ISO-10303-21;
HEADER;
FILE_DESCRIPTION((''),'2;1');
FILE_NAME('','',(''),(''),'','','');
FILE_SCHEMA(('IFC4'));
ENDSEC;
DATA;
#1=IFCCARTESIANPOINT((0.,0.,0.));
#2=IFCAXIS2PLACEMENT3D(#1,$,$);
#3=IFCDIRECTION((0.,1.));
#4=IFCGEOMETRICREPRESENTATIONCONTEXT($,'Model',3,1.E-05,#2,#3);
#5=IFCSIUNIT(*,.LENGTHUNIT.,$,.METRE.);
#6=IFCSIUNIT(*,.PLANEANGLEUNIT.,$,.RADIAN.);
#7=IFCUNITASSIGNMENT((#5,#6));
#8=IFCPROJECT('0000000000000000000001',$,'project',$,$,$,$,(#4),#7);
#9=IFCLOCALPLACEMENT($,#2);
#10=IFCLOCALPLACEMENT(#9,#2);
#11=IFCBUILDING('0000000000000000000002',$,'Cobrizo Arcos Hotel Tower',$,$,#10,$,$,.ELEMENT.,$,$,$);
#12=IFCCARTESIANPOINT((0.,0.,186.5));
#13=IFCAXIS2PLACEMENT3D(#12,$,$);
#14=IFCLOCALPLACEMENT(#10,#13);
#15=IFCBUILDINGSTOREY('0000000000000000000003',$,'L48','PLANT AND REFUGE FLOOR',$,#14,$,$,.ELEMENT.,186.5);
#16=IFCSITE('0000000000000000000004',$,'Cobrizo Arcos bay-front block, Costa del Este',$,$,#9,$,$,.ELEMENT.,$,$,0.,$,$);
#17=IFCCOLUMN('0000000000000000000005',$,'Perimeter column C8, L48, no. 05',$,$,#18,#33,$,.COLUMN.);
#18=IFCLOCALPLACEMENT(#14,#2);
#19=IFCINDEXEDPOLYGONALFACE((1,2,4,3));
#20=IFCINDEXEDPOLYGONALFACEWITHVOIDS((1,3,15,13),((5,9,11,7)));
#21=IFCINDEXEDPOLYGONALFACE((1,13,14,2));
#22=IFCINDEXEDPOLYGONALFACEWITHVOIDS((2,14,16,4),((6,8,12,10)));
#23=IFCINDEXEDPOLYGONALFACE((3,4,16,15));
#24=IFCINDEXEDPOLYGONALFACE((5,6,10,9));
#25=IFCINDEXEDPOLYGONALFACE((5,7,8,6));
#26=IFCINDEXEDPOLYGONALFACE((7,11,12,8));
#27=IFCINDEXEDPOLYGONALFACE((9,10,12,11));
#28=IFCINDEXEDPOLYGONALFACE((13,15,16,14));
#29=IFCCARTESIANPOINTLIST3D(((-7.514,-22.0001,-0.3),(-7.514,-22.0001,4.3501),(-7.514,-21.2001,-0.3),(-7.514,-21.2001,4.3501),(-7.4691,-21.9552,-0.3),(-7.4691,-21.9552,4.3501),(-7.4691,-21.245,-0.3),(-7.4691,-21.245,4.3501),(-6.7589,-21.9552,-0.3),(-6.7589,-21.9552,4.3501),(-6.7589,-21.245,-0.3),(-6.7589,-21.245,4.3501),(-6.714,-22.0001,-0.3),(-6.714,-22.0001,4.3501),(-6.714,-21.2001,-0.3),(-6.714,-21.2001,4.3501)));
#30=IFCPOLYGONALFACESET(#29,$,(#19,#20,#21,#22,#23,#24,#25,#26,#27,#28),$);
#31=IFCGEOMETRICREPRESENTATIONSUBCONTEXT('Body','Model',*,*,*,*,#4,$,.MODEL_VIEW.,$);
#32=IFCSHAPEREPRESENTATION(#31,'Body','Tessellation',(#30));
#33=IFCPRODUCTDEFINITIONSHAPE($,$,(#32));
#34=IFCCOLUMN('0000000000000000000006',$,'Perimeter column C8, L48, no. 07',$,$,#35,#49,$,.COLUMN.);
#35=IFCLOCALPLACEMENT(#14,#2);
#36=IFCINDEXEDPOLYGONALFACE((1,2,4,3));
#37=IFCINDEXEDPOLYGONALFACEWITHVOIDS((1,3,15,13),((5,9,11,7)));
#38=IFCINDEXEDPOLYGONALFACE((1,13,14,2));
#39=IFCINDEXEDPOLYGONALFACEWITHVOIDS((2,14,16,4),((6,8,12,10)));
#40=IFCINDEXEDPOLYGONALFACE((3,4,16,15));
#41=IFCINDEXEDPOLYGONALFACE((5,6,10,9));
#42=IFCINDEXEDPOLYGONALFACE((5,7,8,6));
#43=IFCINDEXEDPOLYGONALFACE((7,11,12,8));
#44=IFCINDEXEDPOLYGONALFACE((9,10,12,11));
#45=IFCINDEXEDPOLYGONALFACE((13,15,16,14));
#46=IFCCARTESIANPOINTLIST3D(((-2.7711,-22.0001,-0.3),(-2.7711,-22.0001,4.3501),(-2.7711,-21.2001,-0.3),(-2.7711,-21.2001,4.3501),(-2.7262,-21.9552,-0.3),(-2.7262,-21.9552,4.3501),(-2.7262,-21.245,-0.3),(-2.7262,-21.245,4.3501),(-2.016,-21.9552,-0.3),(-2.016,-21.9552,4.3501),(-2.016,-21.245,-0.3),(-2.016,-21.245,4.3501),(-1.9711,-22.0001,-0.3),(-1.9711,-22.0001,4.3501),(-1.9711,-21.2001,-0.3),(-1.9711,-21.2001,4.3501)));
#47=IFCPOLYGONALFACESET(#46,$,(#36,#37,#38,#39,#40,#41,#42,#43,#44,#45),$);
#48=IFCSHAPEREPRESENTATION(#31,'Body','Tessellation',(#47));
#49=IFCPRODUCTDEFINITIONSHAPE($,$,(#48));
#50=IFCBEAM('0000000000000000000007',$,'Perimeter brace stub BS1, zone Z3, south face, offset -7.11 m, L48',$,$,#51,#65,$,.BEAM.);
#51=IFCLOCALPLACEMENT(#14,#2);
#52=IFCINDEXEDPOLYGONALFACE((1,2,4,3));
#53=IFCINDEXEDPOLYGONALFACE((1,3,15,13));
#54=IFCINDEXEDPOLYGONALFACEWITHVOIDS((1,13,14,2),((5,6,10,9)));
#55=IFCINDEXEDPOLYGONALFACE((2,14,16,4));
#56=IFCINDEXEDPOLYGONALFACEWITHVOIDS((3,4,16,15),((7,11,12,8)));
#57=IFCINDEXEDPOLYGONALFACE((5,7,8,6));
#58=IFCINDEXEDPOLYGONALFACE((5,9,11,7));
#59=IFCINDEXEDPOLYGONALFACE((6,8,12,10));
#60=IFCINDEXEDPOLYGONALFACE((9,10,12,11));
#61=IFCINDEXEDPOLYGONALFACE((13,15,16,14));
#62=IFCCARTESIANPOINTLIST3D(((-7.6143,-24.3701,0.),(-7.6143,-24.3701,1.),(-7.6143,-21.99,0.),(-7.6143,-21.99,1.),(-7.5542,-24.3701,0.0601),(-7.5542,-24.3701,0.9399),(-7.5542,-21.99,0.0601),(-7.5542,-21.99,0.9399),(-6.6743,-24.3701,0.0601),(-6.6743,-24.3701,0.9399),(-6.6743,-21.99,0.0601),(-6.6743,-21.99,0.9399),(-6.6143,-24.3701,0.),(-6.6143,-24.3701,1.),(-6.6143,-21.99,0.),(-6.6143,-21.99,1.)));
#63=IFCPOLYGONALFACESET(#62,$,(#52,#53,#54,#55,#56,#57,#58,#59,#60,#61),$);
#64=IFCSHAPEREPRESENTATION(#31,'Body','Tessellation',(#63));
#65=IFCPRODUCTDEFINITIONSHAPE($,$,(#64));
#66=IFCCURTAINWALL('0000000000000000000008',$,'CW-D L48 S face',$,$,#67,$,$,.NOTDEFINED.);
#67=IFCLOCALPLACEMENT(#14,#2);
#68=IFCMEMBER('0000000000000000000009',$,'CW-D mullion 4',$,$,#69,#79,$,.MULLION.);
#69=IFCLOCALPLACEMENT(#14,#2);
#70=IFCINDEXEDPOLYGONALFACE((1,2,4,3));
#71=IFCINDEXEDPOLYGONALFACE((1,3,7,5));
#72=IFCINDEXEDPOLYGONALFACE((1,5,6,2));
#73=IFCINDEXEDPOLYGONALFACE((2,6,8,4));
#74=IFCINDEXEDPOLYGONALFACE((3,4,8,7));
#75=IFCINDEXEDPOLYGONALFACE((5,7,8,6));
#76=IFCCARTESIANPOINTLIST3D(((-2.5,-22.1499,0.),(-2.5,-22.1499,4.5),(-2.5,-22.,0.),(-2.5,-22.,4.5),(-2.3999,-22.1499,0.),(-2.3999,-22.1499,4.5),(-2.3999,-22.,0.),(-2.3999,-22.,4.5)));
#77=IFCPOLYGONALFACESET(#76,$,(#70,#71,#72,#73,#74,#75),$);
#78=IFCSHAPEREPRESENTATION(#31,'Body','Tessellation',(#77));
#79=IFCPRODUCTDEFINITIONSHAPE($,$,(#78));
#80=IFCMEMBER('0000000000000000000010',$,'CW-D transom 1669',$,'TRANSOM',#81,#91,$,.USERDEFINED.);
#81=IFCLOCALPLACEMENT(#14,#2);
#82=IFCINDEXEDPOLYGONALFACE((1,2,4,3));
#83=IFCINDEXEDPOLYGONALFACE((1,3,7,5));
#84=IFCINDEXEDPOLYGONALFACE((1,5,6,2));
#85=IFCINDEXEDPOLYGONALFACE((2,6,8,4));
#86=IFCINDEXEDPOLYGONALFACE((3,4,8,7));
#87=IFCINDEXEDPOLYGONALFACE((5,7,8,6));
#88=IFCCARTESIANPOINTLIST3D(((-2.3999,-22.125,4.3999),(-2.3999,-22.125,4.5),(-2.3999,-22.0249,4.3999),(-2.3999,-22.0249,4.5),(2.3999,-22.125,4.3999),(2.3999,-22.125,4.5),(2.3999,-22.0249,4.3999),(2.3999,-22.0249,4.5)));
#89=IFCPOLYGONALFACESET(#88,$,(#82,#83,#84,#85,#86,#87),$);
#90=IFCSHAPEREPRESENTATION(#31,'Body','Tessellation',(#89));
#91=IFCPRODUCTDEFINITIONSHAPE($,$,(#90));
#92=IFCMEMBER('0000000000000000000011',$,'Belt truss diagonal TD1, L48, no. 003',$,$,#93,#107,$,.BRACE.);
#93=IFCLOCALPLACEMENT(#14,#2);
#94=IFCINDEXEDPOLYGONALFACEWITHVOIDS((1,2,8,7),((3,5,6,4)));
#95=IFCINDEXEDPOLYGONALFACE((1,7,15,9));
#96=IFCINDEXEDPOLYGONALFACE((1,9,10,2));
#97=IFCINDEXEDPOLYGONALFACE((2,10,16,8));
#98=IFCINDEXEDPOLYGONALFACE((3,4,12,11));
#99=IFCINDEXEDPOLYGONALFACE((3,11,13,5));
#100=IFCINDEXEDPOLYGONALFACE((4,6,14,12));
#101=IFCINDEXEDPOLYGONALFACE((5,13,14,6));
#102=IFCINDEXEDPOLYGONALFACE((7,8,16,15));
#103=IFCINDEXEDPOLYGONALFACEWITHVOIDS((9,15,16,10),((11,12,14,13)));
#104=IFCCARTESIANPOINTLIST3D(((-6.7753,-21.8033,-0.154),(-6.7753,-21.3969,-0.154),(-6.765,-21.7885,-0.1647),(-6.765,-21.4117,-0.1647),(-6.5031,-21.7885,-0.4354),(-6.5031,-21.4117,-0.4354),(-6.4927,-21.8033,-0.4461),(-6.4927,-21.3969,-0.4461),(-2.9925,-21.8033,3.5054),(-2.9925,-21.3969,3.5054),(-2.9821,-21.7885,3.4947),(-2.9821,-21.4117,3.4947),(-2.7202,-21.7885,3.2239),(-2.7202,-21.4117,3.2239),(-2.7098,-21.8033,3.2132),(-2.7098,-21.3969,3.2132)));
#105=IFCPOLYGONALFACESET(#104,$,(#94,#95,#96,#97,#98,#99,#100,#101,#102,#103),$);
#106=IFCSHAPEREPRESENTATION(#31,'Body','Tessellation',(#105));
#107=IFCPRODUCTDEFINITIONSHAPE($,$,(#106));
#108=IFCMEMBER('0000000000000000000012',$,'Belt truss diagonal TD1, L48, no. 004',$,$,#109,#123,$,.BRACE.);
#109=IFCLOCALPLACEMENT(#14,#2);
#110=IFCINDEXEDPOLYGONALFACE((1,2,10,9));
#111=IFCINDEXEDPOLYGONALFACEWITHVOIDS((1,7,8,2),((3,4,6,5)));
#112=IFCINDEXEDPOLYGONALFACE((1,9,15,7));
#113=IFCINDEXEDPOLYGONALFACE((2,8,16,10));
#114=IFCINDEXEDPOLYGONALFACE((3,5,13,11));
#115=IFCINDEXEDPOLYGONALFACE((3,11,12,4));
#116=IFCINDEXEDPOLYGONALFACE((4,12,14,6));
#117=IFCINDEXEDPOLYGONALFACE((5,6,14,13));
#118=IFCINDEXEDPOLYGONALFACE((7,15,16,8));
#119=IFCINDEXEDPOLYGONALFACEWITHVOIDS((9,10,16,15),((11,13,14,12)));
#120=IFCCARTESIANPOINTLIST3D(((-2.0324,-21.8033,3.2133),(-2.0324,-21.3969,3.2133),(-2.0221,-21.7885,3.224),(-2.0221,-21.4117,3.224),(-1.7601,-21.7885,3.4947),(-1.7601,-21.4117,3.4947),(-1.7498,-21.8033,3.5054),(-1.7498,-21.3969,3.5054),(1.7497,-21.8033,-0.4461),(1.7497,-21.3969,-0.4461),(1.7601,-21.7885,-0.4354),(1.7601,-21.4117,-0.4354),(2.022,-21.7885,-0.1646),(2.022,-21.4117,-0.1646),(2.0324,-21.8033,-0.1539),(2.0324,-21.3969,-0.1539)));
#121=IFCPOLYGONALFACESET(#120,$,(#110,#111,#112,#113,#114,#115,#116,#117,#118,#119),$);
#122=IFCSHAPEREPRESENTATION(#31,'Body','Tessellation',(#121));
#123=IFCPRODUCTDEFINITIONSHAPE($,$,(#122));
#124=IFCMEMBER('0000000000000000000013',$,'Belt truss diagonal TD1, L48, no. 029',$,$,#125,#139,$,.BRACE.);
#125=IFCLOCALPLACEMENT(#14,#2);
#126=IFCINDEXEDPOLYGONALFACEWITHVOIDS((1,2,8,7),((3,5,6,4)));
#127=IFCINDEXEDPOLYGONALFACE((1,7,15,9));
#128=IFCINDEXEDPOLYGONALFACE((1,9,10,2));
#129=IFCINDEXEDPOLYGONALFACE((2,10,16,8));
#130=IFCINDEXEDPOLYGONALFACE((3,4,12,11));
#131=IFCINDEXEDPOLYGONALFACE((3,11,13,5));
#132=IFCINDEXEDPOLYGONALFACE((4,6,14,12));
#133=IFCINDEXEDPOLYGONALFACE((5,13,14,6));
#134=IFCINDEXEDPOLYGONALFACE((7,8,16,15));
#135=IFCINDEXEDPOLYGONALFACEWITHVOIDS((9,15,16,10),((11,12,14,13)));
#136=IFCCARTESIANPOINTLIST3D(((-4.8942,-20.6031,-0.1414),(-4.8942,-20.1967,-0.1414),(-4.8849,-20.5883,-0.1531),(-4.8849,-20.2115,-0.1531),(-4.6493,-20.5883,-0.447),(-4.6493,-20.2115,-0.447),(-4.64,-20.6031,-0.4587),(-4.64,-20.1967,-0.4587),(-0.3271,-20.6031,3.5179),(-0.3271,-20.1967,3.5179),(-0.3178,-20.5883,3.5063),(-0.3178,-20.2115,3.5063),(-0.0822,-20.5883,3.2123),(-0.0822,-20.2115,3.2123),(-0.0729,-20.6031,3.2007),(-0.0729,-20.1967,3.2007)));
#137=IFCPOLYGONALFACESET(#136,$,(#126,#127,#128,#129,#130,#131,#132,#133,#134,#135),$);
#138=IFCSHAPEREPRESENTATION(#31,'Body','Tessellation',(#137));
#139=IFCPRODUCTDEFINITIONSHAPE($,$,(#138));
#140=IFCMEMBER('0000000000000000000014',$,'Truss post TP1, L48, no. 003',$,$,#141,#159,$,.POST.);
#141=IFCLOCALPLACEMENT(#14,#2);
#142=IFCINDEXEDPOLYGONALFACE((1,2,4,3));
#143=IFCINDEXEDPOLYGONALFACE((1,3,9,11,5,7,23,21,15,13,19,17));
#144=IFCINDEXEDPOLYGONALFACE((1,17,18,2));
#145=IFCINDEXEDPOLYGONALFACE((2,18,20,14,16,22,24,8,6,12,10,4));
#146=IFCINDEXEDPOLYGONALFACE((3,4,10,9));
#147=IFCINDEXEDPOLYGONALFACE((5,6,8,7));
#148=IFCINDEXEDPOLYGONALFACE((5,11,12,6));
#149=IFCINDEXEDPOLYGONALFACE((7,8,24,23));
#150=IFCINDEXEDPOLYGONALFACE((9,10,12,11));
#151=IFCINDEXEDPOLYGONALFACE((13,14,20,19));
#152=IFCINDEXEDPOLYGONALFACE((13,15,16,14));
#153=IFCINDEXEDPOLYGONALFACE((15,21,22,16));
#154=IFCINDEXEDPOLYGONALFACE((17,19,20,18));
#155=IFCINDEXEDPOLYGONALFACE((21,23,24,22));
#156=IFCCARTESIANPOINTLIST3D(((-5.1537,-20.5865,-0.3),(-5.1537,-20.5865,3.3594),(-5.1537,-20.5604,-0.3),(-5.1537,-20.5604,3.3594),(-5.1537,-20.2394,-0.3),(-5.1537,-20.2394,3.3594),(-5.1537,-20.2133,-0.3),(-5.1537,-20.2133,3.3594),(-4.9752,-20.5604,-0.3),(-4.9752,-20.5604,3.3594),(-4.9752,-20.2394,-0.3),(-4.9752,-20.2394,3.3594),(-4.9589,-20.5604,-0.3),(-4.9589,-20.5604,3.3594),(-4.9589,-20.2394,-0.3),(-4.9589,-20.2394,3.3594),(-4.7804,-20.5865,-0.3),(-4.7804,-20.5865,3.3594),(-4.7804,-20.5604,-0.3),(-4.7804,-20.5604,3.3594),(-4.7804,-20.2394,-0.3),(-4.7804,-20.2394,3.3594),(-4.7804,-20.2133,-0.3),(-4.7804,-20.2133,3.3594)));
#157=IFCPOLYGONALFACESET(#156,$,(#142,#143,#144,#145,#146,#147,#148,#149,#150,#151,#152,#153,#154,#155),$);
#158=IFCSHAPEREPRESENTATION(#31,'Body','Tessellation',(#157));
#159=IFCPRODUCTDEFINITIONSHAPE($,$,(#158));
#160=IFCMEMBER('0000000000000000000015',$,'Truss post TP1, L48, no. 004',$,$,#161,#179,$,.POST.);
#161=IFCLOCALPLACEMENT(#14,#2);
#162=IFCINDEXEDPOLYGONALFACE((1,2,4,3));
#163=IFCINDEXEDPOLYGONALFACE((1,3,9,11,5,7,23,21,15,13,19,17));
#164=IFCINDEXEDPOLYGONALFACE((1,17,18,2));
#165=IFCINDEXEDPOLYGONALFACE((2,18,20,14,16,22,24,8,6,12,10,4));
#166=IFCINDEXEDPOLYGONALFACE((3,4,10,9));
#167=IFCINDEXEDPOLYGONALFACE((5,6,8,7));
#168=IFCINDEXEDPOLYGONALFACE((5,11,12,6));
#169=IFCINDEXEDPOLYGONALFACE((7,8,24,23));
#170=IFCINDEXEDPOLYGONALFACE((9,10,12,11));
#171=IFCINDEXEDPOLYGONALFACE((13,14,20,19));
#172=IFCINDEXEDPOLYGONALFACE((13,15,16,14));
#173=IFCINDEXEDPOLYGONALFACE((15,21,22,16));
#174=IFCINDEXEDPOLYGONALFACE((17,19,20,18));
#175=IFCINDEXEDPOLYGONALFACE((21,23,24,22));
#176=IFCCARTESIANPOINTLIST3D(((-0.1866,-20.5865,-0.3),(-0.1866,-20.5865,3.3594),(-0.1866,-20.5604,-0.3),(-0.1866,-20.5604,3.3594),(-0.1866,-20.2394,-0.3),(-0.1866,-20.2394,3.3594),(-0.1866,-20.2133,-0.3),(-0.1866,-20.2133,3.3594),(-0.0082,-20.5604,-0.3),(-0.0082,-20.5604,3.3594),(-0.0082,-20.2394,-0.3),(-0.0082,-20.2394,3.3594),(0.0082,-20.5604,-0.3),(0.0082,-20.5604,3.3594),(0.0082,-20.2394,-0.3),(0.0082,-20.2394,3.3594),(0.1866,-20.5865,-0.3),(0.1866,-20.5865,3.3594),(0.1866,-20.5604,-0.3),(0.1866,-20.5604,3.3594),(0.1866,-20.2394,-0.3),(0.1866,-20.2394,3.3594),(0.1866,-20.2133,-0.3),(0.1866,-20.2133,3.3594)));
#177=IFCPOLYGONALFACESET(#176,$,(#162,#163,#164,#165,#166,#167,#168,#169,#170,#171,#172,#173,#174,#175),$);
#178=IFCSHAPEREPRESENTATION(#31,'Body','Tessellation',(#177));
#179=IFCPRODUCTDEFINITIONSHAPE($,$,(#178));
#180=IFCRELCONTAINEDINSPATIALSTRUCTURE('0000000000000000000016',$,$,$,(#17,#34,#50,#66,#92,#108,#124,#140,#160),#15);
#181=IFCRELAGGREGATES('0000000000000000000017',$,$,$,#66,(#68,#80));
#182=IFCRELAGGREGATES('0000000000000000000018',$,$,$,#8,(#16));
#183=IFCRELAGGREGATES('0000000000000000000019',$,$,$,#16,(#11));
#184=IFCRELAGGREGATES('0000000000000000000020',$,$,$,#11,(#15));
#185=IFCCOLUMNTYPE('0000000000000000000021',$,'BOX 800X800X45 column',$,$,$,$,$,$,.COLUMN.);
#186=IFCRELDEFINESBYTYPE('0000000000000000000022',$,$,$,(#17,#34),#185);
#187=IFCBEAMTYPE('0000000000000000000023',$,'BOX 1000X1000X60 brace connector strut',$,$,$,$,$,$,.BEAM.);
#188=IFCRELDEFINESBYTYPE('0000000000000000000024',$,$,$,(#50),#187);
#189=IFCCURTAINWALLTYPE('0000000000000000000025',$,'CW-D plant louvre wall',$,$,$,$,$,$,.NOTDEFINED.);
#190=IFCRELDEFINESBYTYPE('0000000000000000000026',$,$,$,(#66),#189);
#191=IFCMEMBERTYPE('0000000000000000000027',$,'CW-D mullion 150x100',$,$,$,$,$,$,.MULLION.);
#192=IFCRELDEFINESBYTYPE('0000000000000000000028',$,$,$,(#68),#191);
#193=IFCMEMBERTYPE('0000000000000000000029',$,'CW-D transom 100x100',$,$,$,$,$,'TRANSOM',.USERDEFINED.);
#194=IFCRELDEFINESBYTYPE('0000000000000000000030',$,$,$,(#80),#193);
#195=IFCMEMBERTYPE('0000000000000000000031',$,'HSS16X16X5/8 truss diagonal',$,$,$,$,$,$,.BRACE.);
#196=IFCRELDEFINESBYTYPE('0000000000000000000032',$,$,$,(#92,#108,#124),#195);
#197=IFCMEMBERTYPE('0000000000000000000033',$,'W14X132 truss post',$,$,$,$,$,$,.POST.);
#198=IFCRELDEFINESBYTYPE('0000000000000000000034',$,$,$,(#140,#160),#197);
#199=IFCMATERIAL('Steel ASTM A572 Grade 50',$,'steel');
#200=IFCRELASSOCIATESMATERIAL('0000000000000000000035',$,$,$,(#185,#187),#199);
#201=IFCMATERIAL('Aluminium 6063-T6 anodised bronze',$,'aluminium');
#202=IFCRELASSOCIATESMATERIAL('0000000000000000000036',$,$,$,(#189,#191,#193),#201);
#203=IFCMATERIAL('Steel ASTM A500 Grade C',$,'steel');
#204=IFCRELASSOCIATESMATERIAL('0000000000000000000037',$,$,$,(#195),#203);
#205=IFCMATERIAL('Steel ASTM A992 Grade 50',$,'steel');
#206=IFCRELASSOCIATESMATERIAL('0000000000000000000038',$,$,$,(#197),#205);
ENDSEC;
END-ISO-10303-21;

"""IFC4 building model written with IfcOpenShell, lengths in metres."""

from ifc_helpers import new_model, si_unit, direction, frame, origin, origin_2d, place, context, subcontext, project, spatial, rectangle, hollow_rectangle, i_section, extrude, material, material_profile, profile_set, type_object, element, aggregate, save


model = new_model("IFC4")

# Units and contexts
model_context = context("Model", 3, precision=1e-05, world=origin(), true_north=direction((0.0, 1.0)))
body_context = subcontext(model_context, "Body", "Model", "MODEL_VIEW")
ifc_project = project(units=[si_unit("LENGTHUNIT", "METRE"), si_unit("PLANEANGLEUNIT", "RADIAN")], contexts=[model_context])

# Site, building, storey
site_placement = place(None, origin())
site = spatial("IfcSite", under=ifc_project, at=site_placement, Name="Cobrizo Arcos bay-front block, Costa del Este", CompositionType="ELEMENT", RefElevation=0.0)
building_placement = place(site_placement, origin())
building = spatial("IfcBuilding", under=site, at=building_placement, Name="Cobrizo Arcos Hotel Tower", CompositionType="ELEMENT")
storey_placement = place(building_placement, frame((0.0, 0.0, 186.5)))
storey = spatial("IfcBuildingStorey", under=building, at=storey_placement, Name="L48", Description="PLANT AND REFUGE FLOOR", CompositionType="ELEMENT", Elevation=186.5)

# Columns
ifc_material_1 = material(Name="Steel ASTM A572 Grade 50", Category="steel")
ifc_material_profile_1 = material_profile(ifc_material_1, hollow_rectangle(XDim=0.8, YDim=0.8, WallThickness=0.0449, at=origin_2d()), Name="BOX 800X800X45")
ifc_profile_set_1 = profile_set([ifc_material_profile_1], Name="Steel ASTM A572 Grade 50")
column_type = type_object("IfcColumnType", Name="BOX 800X800X45 column", PredefinedType="COLUMN", material=ifc_profile_set_1)
for number, where, z_axis, x_axis, name in (
    (1, (-7.114, -21.6001, -0.3), (0.0, 0.0, 1.0), (1.0, 0.0, 0.0), "Perimeter column C8, L48, no. 05"),
    (2, (-2.3711, -21.6001, -0.3), (0.0, 0.0, 1.0), (1.0, 0.0, 0.0), "Perimeter column C8, L48, no. 07"),
):
    element("IfcColumn", number, at=place(storey_placement, frame(where, z_axis=z_axis, x_axis=x_axis)), inside=storey, type_object=column_type, Name=name, PredefinedType="COLUMN", context=body_context, shape_type="SweptSolid", body=[
        extrude(hollow_rectangle(XDim=0.8, YDim=0.8, WallThickness=0.0449, at=origin_2d()), origin(), (0.0, 0.0, 1.0), 4.6501),
    ])

# Beam
ifc_material_profile_2 = material_profile(ifc_material_1, hollow_rectangle(XDim=1.0, YDim=1.0, WallThickness=0.0601, at=origin_2d()), Name="BOX 1000X1000X60")
ifc_profile_set_2 = profile_set([ifc_material_profile_2], Name="Steel ASTM A572 Grade 50")
beam_type = type_object("IfcBeamType", Name="BOX 1000X1000X60 brace connector strut", PredefinedType="BEAM", material=ifc_profile_set_2)
beam_placement = place(storey_placement, frame((-7.1143, -21.99, 0.5), z_axis=(0.0, -1.0, 0.0), x_axis=(1.0, 0.0, 0.0)))
element("IfcBeam", 3, at=beam_placement, inside=storey, type_object=beam_type, Name="Perimeter brace stub BS1, zone Z3, south face, offset -7.11 m, L48", PredefinedType="BEAM", context=body_context, shape_type="SweptSolid", body=[
    extrude(hollow_rectangle(XDim=1.0, YDim=1.0, WallThickness=0.0601, at=origin_2d()), origin(), (0.0, 0.0, 1.0), 2.3801),
])

# Curtain wall, members
ifc_material_2 = material(Name="Aluminium 6063-T6 anodised bronze", Category="aluminium")
curtain_wall_type = type_object("IfcCurtainWallType", Name="CW-D plant louvre wall", PredefinedType="NOTDEFINED", material=ifc_material_2)
curtain_wall_placement = place(storey_placement, origin())
curtain_wall = element("IfcCurtainWall", 4, at=curtain_wall_placement, inside=storey, type_object=curtain_wall_type, Name="CW-D L48 S face", PredefinedType="NOTDEFINED")
ifc_material_profile_3 = material_profile(ifc_material_2, rectangle(XDim=0.1499, YDim=0.1001, at=origin_2d()), Name="CW-D mullion 150x100")
ifc_profile_set_3 = profile_set([ifc_material_profile_3], Name="Aluminium 6063-T6 anodised bronze")
member_type_1 = type_object("IfcMemberType", Name="CW-D mullion 150x100", PredefinedType="MULLION", material=ifc_profile_set_3)
member_1_placement = place(storey_placement, frame((-2.45, -22.075, 0.0), z_axis=(0.0, 0.0, 1.0), x_axis=(0.0, -1.0, 0.0)))
member_1 = element("IfcMember", 5, at=member_1_placement, type_object=member_type_1, Name="CW-D mullion 4", PredefinedType="MULLION", context=body_context, shape_type="SweptSolid", body=[
    extrude(rectangle(XDim=0.1499, YDim=0.1001, at=origin_2d()), origin(), (0.0, 0.0, 1.0), 4.5),
])
ifc_material_profile_4 = material_profile(ifc_material_2, rectangle(XDim=0.1001, YDim=0.1001, at=origin_2d()), Name="CW-D transom 100x100")
ifc_profile_set_4 = profile_set([ifc_material_profile_4], Name="Aluminium 6063-T6 anodised bronze")
member_type_2 = type_object("IfcMemberType", Name="CW-D transom 100x100", ElementType="TRANSOM", PredefinedType="USERDEFINED", material=ifc_profile_set_4)
member_2_placement = place(storey_placement, frame((-2.3999, -22.075, 4.45), z_axis=(1.0, 0.0, 0.0), x_axis=(0.0, 1.0, 0.0)))
member_2 = element("IfcMember", 6, at=member_2_placement, type_object=member_type_2, Name="CW-D transom 1669", ObjectType="TRANSOM", PredefinedType="USERDEFINED", context=body_context, shape_type="SweptSolid", body=[
    extrude(rectangle(XDim=0.1001, YDim=0.1001, at=origin_2d()), origin(), (0.0, 0.0, 1.0), 4.7998),
])

# Members
ifc_material_3 = material(Name="Steel ASTM A500 Grade C", Category="steel")
ifc_material_profile_5 = material_profile(ifc_material_3, hollow_rectangle(XDim=0.4065, YDim=0.4065, WallThickness=0.0149, at=origin_2d()), Name="HSS16X16X5/8")
ifc_profile_set_5 = profile_set([ifc_material_profile_5], Name="Steel ASTM A500 Grade C")
member_type_3 = type_object("IfcMemberType", Name="HSS16X16X5/8 truss diagonal", PredefinedType="BRACE", material=ifc_profile_set_5)
member_3_placement = place(storey_placement, frame((-6.634, -21.6001, -0.3), z_axis=(0.718745, 0.0, 0.695274), x_axis=(0.0, 1.0, 0.0)))
element("IfcMember", 7, at=member_3_placement, inside=storey, type_object=member_type_3, Name="Belt truss diagonal TD1, L48, no. 003", PredefinedType="BRACE", context=body_context, shape_type="SweptSolid", body=[
    extrude(hollow_rectangle(XDim=0.4065, YDim=0.4065, WallThickness=0.0149, at=origin_2d()), origin(), (0.0, 0.0, 1.0), 5.2632),
])
member_4_placement = place(storey_placement, frame((-1.8911, -21.6001, 3.3594), z_axis=(0.718678, 0.0, -0.695343), x_axis=(0.0, 1.0, 0.0)))
element("IfcMember", 8, at=member_4_placement, inside=storey, type_object=member_type_3, Name="Belt truss diagonal TD1, L48, no. 004", PredefinedType="BRACE", context=body_context, shape_type="SweptSolid", body=[
    extrude(hollow_rectangle(XDim=0.4065, YDim=0.4065, WallThickness=0.0149, at=origin_2d()), origin(), (0.0, 0.0, 1.0), 5.2627),
])
member_5_placement = place(storey_placement, frame((-4.7671, -20.3999, -0.3), z_axis=(0.780392, 0.0, 0.62529), x_axis=(0.0, 1.0, 0.0)))
element("IfcMember", 9, at=member_5_placement, inside=storey, type_object=member_type_3, Name="Belt truss diagonal TD1, L48, no. 029", PredefinedType="BRACE", context=body_context, shape_type="SweptSolid", body=[
    extrude(hollow_rectangle(XDim=0.4065, YDim=0.4065, WallThickness=0.0149, at=origin_2d()), origin(), (0.0, 0.0, 1.0), 5.8523),
])
ifc_material_4 = material(Name="Steel ASTM A992 Grade 50", Category="steel")
ifc_material_profile_6 = material_profile(ifc_material_4, i_section(OverallWidth=0.3733, OverallDepth=0.3733, WebThickness=0.0164, FlangeThickness=0.0261, at=origin_2d()), Name="W14X132")
ifc_profile_set_6 = profile_set([ifc_material_profile_6], Name="Steel ASTM A992 Grade 50")
member_type_4 = type_object("IfcMemberType", Name="W14X132 truss post", PredefinedType="POST", material=ifc_profile_set_6)
for number, where, z_axis, x_axis, name in (
    (10, (-4.967, -20.3999, -0.3), (0.0, 0.0, 1.0), (1.0, 0.0, 0.0), "Truss post TP1, L48, no. 003"),
    (11, (0.0, -20.3999, -0.3), (0.0, 0.0, 1.0), (1.0, 0.0, 0.0), "Truss post TP1, L48, no. 004"),
):
    element("IfcMember", number, at=place(storey_placement, frame(where, z_axis=z_axis, x_axis=x_axis)), inside=storey, type_object=member_type_4, Name=name, PredefinedType="POST", context=body_context, shape_type="SweptSolid", body=[
        extrude(i_section(OverallWidth=0.3733, OverallDepth=0.3733, WebThickness=0.0164, FlangeThickness=0.0261, at=origin_2d()), origin(), (0.0, 0.0, 1.0), 3.6594),
    ])

aggregate(curtain_wall, [member_1, member_2])

save(model, "model.ifc")
